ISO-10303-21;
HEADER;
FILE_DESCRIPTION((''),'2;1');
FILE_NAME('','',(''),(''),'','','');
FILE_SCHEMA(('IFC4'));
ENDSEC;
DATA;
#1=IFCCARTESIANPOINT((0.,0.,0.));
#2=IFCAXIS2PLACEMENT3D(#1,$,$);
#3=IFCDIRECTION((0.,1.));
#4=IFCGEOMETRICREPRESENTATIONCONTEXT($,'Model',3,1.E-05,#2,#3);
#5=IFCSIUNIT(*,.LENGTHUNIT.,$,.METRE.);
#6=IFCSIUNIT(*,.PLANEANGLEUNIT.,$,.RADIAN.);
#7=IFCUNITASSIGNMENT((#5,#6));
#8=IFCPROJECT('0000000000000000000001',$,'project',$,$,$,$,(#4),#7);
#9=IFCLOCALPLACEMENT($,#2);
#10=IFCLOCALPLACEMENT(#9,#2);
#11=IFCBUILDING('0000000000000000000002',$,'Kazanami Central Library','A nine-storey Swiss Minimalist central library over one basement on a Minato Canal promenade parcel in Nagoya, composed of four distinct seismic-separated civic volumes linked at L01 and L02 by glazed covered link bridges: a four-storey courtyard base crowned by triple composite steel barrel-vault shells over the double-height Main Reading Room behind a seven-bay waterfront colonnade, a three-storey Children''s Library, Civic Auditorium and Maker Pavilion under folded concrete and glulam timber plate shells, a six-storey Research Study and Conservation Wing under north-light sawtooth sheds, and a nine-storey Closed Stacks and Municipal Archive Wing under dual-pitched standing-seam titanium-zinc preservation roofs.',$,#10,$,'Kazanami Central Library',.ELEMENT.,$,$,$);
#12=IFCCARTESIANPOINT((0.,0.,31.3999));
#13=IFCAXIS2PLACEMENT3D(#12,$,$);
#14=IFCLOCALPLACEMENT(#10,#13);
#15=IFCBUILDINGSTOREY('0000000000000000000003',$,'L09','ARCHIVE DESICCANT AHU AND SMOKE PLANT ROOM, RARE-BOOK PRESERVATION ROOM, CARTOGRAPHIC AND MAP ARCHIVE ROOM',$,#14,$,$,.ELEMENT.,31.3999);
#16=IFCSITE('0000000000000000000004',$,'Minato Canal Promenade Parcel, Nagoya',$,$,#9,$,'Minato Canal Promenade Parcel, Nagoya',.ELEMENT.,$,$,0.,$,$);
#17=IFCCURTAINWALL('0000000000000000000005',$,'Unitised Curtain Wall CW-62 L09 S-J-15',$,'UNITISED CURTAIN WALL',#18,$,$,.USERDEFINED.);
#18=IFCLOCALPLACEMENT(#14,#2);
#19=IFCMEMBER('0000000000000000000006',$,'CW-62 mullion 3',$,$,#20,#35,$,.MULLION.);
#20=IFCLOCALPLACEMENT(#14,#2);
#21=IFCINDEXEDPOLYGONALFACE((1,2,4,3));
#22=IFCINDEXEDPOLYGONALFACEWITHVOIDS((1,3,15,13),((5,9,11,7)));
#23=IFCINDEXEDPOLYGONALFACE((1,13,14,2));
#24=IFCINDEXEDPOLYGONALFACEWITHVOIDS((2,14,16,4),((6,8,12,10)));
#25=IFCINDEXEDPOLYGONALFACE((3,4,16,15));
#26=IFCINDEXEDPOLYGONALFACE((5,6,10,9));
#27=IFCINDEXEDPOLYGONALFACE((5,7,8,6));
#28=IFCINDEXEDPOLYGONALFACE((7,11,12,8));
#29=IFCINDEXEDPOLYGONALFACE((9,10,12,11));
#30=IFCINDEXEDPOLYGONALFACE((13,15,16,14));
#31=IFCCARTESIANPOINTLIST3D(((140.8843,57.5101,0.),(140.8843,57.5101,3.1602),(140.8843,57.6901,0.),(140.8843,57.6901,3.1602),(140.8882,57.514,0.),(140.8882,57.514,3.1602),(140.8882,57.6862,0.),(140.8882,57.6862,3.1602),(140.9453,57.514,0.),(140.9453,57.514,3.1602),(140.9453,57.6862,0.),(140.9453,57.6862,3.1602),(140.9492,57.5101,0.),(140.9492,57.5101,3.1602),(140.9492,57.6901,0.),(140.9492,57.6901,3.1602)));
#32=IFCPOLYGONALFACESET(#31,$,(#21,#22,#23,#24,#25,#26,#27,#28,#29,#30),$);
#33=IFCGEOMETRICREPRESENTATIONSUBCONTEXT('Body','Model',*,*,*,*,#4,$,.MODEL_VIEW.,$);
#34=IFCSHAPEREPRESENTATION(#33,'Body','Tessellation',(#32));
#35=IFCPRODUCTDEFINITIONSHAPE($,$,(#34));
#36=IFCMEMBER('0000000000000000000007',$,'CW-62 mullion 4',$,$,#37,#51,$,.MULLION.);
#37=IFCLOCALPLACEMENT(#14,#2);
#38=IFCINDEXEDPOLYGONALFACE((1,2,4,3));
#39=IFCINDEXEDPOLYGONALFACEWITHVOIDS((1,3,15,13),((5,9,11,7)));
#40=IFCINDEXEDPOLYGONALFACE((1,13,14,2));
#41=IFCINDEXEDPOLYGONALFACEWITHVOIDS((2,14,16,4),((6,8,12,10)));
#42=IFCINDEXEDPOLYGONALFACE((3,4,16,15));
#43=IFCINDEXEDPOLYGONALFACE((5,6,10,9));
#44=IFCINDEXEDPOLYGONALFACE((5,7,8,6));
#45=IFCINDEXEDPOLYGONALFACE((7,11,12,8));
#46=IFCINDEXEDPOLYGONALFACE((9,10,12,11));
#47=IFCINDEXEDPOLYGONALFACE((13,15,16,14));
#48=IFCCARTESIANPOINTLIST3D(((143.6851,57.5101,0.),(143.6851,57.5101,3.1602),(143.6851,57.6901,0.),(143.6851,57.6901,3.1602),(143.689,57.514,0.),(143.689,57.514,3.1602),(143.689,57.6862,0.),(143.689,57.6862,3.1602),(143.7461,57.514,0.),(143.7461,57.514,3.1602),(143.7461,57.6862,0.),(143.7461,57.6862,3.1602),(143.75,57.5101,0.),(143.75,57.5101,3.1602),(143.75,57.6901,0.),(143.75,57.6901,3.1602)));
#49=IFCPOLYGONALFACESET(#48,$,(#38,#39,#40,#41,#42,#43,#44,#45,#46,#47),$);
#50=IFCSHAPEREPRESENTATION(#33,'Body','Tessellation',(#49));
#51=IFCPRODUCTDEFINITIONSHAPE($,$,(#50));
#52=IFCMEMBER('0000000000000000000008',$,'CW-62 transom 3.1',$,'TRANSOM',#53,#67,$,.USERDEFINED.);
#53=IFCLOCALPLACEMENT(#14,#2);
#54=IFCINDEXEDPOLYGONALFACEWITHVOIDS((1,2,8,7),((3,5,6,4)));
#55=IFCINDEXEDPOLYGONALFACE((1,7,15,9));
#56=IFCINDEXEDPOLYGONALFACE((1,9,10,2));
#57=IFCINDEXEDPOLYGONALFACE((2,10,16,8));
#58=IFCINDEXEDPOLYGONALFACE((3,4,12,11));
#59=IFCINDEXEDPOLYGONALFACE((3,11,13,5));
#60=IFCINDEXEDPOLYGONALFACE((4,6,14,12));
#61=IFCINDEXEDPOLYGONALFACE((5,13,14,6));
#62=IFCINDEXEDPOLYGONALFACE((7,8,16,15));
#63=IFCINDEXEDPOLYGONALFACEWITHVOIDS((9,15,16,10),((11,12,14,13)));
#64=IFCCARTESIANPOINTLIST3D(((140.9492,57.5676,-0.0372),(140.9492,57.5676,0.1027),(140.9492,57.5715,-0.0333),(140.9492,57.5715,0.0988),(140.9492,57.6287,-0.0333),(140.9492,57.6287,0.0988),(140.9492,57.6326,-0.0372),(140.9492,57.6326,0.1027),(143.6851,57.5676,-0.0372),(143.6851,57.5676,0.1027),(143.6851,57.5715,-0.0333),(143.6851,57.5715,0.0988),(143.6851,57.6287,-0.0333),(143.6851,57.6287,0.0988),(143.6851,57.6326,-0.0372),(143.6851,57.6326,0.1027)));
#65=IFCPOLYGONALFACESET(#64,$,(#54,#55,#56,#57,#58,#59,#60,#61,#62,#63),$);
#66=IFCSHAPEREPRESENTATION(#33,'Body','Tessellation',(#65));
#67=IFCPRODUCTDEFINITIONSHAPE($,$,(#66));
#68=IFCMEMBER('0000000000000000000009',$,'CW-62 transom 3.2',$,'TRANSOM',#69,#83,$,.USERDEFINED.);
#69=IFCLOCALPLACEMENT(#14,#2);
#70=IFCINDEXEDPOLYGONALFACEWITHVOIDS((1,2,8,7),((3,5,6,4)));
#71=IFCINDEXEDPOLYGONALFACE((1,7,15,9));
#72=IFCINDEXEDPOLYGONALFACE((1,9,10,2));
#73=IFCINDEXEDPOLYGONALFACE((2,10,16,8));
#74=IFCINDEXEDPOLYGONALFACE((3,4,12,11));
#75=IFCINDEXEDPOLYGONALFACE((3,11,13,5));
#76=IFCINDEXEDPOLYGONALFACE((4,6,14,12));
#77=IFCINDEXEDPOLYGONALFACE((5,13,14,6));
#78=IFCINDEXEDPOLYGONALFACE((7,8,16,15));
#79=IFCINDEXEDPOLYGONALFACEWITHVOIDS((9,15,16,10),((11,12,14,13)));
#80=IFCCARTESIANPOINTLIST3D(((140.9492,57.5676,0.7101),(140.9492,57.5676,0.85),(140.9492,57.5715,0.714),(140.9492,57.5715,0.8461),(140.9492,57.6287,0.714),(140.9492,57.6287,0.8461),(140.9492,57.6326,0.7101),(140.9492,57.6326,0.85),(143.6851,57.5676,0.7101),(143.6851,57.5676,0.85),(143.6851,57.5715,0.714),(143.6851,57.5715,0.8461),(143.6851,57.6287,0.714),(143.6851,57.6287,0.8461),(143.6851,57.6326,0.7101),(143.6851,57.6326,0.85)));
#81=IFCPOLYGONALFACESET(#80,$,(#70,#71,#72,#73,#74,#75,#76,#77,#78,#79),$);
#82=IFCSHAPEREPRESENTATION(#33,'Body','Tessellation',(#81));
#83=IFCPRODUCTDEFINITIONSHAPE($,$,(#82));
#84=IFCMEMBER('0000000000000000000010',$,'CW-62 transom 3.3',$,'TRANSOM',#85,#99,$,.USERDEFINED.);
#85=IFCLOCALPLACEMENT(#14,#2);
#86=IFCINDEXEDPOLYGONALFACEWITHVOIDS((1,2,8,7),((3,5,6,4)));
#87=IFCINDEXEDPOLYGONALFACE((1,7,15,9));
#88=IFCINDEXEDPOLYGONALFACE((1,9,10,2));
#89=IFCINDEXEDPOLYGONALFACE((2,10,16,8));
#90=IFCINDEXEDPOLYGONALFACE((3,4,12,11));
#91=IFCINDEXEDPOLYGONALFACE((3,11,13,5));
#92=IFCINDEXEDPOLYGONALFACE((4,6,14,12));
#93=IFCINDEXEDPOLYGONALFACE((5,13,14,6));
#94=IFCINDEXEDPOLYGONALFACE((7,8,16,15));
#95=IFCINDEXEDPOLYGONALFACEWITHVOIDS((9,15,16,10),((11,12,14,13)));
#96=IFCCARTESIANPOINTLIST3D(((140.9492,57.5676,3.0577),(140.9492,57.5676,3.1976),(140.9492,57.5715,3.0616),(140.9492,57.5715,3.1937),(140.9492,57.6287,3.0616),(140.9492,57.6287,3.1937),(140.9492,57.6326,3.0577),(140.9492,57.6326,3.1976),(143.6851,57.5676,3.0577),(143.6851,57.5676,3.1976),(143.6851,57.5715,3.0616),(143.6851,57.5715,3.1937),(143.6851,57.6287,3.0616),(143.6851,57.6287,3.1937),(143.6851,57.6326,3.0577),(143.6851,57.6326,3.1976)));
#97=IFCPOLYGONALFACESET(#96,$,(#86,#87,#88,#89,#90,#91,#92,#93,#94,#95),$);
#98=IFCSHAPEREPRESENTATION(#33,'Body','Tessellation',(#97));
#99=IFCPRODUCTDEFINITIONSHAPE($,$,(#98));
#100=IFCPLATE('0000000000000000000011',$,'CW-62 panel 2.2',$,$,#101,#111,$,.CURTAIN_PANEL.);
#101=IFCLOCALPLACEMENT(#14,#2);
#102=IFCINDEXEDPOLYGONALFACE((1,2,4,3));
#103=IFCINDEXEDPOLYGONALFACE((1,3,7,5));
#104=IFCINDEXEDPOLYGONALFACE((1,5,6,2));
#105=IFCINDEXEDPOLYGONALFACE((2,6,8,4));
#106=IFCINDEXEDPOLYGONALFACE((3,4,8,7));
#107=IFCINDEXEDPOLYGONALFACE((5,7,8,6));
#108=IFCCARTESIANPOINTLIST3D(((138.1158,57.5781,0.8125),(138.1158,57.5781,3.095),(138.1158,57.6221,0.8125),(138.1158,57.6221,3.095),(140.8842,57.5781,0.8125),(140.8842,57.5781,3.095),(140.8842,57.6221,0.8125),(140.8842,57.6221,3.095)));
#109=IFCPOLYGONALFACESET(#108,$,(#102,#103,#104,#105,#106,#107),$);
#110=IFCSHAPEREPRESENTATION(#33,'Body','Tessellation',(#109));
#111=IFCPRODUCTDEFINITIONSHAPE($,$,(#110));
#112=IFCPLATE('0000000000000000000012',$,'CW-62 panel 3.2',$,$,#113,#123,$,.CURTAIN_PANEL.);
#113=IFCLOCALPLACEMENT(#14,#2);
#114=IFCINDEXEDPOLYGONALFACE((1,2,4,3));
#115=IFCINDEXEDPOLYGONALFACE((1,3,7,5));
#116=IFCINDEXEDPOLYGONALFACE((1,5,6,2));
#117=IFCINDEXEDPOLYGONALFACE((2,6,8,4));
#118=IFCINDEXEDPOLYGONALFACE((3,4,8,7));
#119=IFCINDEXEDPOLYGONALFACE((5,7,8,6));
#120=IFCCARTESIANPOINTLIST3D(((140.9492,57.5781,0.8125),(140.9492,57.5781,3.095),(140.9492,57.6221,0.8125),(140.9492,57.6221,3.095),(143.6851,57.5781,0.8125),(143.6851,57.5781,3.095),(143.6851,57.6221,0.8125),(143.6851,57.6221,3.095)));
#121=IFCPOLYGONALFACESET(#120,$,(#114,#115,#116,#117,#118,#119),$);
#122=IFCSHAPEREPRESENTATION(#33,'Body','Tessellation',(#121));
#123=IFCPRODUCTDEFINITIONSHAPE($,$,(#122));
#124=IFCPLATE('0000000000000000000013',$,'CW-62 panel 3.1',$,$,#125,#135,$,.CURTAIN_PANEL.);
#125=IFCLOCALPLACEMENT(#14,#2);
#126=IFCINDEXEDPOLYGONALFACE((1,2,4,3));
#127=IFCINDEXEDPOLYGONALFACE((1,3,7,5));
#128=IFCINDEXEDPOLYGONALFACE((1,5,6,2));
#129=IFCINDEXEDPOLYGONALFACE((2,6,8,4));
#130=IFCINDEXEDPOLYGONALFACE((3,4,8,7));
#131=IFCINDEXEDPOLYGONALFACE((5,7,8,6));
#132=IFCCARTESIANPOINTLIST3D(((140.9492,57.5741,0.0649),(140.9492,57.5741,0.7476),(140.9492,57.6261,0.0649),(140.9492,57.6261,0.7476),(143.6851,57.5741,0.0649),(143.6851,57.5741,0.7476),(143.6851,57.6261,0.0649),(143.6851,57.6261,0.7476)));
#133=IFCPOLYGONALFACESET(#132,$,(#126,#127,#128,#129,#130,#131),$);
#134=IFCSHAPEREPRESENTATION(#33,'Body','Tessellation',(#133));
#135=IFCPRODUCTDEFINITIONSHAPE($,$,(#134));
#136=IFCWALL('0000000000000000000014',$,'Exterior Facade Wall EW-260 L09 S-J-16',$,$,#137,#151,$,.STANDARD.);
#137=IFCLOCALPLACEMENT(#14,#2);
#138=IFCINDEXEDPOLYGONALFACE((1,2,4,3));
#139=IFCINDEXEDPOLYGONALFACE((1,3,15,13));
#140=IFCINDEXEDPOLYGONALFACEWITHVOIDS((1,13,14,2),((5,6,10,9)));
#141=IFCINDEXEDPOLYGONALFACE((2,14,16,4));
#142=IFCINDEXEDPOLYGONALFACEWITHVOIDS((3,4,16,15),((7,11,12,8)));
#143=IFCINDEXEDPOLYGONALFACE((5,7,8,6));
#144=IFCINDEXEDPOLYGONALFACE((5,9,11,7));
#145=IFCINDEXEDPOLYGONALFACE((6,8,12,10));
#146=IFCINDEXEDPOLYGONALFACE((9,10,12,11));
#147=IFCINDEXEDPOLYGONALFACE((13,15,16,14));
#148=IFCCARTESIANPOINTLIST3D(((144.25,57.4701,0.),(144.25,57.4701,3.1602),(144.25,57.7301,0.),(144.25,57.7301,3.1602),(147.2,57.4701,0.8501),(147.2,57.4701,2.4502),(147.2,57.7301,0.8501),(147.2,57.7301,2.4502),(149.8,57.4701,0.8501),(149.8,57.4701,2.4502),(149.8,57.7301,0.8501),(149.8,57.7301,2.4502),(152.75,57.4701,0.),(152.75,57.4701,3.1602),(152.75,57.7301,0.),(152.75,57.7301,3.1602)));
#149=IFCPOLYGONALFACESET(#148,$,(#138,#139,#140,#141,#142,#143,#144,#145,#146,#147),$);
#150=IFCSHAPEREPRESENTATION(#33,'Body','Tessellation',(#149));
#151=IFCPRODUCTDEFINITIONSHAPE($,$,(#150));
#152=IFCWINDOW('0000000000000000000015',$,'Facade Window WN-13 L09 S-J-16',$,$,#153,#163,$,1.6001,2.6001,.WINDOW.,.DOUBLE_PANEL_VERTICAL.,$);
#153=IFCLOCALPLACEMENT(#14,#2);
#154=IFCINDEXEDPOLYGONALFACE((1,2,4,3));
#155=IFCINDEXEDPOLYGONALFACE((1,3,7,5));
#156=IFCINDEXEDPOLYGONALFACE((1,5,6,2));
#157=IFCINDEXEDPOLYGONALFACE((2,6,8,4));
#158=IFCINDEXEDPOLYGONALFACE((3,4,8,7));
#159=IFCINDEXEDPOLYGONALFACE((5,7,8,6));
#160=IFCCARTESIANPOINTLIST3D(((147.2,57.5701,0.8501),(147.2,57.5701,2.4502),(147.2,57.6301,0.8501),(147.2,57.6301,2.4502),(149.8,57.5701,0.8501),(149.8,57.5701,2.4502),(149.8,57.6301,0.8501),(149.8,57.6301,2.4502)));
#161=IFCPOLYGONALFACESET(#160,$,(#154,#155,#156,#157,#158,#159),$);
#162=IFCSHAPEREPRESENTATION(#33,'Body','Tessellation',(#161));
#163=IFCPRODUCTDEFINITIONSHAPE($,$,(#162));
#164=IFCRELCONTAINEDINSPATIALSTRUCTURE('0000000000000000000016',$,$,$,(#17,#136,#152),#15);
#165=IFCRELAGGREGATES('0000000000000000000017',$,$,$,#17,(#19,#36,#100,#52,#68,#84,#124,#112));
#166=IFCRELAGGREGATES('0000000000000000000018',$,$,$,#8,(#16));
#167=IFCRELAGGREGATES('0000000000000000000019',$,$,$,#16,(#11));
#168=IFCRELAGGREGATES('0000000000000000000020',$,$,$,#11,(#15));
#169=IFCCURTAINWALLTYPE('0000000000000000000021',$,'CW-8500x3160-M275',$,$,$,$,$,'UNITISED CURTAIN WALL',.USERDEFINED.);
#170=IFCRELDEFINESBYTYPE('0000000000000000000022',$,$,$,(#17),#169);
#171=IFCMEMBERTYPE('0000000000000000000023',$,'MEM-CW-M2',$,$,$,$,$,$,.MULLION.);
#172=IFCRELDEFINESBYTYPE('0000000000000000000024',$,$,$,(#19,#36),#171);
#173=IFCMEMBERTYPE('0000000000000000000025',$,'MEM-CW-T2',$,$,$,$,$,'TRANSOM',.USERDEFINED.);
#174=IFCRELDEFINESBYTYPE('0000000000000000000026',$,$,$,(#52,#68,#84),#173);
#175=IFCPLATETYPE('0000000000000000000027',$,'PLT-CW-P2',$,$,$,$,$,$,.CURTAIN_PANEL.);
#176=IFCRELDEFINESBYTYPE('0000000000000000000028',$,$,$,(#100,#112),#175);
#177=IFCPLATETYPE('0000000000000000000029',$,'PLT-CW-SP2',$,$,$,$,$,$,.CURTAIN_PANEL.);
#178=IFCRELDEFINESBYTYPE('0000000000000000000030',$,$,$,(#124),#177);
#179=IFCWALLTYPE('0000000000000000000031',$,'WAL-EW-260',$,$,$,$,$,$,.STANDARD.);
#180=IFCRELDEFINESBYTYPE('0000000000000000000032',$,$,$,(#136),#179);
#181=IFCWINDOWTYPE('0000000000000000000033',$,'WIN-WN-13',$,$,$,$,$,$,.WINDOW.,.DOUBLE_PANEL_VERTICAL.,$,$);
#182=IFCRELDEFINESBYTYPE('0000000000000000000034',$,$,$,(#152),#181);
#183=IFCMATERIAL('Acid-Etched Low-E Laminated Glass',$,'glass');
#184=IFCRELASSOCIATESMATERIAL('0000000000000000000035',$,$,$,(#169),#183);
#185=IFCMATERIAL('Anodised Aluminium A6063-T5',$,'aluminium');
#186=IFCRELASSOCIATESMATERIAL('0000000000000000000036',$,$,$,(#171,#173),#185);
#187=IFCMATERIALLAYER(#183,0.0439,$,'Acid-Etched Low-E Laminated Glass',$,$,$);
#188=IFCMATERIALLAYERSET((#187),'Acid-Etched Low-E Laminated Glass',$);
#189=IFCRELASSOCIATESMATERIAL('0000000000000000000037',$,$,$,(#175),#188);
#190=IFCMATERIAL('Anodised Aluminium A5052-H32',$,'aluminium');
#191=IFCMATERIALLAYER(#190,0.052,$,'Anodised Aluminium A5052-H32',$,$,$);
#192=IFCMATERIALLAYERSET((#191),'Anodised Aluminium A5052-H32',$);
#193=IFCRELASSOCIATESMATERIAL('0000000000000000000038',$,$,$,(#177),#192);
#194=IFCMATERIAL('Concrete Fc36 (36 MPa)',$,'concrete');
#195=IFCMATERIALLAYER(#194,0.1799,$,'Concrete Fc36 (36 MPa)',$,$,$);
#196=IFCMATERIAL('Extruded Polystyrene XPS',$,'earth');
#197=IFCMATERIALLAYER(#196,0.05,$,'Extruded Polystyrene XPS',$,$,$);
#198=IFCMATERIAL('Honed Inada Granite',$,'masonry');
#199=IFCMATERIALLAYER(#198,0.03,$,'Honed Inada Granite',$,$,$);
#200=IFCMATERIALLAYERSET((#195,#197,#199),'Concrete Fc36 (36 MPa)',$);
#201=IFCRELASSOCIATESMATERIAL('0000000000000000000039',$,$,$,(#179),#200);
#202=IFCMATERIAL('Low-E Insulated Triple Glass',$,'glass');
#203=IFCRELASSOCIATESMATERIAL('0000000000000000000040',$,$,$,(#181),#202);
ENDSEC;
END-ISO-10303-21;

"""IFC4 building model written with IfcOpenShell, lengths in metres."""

from ifc_helpers import new_model, si_unit, direction, frame, frame_2d, origin, origin_2d, place, context, subcontext, project, spatial, rectangle, hollow_rectangle, extrude, material, layer, layer_set, material_profile, profile_set, type_object, element, fill, aggregate, save


model = new_model("IFC4")

# Units and contexts
model_context = context("Model", 3, precision=1e-05, world=origin(), true_north=direction((0.0, 1.0)))
body_context = subcontext(model_context, "Body", "Model", "MODEL_VIEW")
ifc_project = project(units=[si_unit("LENGTHUNIT", "METRE"), si_unit("PLANEANGLEUNIT", "RADIAN")], contexts=[model_context])

# Site, building, storey
site_placement = place(None, origin())
site = spatial("IfcSite", under=ifc_project, at=site_placement, Name="Minato Canal Promenade Parcel, Nagoya", LongName="Minato Canal Promenade Parcel, Nagoya", CompositionType="ELEMENT", RefElevation=0.0)
building_placement = place(site_placement, origin())
building = spatial("IfcBuilding", under=site, at=building_placement, Name="Kazanami Central Library", Description="A nine-storey Swiss Minimalist central library over one basement on a Minato Canal promenade parcel in Nagoya, composed of four distinct seismic-separated civic volumes linked at L01 and L02 by glazed covered link bridges: a four-storey courtyard base crowned by triple composite steel barrel-vault shells over the double-height Main Reading Room behind a seven-bay waterfront colonnade, a three-storey Children's Library, Civic Auditorium and Maker Pavilion under folded concrete and glulam timber plate shells, a six-storey Research Study and Conservation Wing under north-light sawtooth sheds, and a nine-storey Closed Stacks and Municipal Archive Wing under dual-pitched standing-seam titanium-zinc preservation roofs.", LongName="Kazanami Central Library", CompositionType="ELEMENT")
storey_placement = place(building_placement, frame((0.0, 0.0, 31.3999)))
storey = spatial("IfcBuildingStorey", under=building, at=storey_placement, Name="L09", Description="ARCHIVE DESICCANT AHU AND SMOKE PLANT ROOM, RARE-BOOK PRESERVATION ROOM, CARTOGRAPHIC AND MAP ARCHIVE ROOM", CompositionType="ELEMENT", Elevation=31.3999)

# Curtain wall, members, plates
ifc_material_1 = material(Name="Acid-Etched Low-E Laminated Glass", Category="glass")
curtain_wall_type = type_object("IfcCurtainWallType", Name="CW-8500x3160-M275", ElementType="UNITISED CURTAIN WALL", PredefinedType="USERDEFINED", material=ifc_material_1)
curtain_wall_placement = place(storey_placement, origin())
curtain_wall = element("IfcCurtainWall", 1, at=curtain_wall_placement, inside=storey, type_object=curtain_wall_type, Name="Unitised Curtain Wall CW-62 L09 S-J-15", ObjectType="UNITISED CURTAIN WALL", PredefinedType="USERDEFINED")
ifc_material_2 = material(Name="Anodised Aluminium A6063-T5", Category="aluminium")
ifc_material_profile_1 = material_profile(ifc_material_2, hollow_rectangle(XDim=0.0649, YDim=0.1799, WallThickness=0.0039, at=origin_2d()), Name="ALU-MULL-65x180x4")
ifc_profile_set_1 = profile_set([ifc_material_profile_1], Name="Anodised Aluminium A6063-T5")
member_type_1 = type_object("IfcMemberType", Name="MEM-CW-M2", PredefinedType="MULLION", material=ifc_profile_set_1)
member_1_placement = place(storey_placement, frame((140.9167, 57.6001, 0.0), z_axis=(0.0, 0.0, 1.0), x_axis=(1.0, 0.0, 0.0)))
member_1 = element("IfcMember", 2, at=member_1_placement, type_object=member_type_1, Name="CW-62 mullion 3", PredefinedType="MULLION", context=body_context, shape_type="SweptSolid", body=[
    extrude(hollow_rectangle(XDim=0.0649, YDim=0.1799, WallThickness=0.0039, at=origin_2d()), origin(), (0.0, 0.0, 1.0), 3.1602),
])
member_2_placement = place(storey_placement, frame((143.7175, 57.6001, 0.0), z_axis=(0.0, 0.0, 1.0), x_axis=(1.0, 0.0, 0.0)))
member_2 = element("IfcMember", 3, at=member_2_placement, type_object=member_type_1, Name="CW-62 mullion 4", PredefinedType="MULLION", context=body_context, shape_type="SweptSolid", body=[
    extrude(hollow_rectangle(XDim=0.0649, YDim=0.1799, WallThickness=0.0039, at=origin_2d()), origin(), (0.0, 0.0, 1.0), 3.1602),
])
ifc_material_profile_2 = material_profile(ifc_material_2, hollow_rectangle(XDim=0.0649, YDim=0.1399, WallThickness=0.0039, at=origin_2d()), Name="ALU-TRAN-65x140x4")
ifc_profile_set_2 = profile_set([ifc_material_profile_2], Name="Anodised Aluminium A6063-T5")
member_type_2 = type_object("IfcMemberType", Name="MEM-CW-T2", ElementType="TRANSOM", PredefinedType="USERDEFINED", material=ifc_profile_set_2)
member_3_placement = place(storey_placement, frame((140.9492, 57.6001, 0.0327), z_axis=(1.0, 0.0, 0.0), x_axis=(0.0, 1.0, 0.0)))
member_3 = element("IfcMember", 4, at=member_3_placement, type_object=member_type_2, Name="CW-62 transom 3.1", ObjectType="TRANSOM", PredefinedType="USERDEFINED", context=body_context, shape_type="SweptSolid", body=[
    extrude(hollow_rectangle(XDim=0.0649, YDim=0.1399, WallThickness=0.0039, at=origin_2d()), origin(), (0.0, 0.0, 1.0), 2.7358),
])
member_4_placement = place(storey_placement, frame((140.9492, 57.6001, 0.78), z_axis=(1.0, 0.0, 0.0), x_axis=(0.0, 1.0, 0.0)))
member_4 = element("IfcMember", 5, at=member_4_placement, type_object=member_type_2, Name="CW-62 transom 3.2", ObjectType="TRANSOM", PredefinedType="USERDEFINED", context=body_context, shape_type="SweptSolid", body=[
    extrude(hollow_rectangle(XDim=0.0649, YDim=0.1399, WallThickness=0.0039, at=origin_2d()), origin(), (0.0, 0.0, 1.0), 2.7358),
])
member_5_placement = place(storey_placement, frame((140.9492, 57.6001, 3.1277), z_axis=(1.0, 0.0, 0.0), x_axis=(0.0, 1.0, 0.0)))
member_5 = element("IfcMember", 6, at=member_5_placement, type_object=member_type_2, Name="CW-62 transom 3.3", ObjectType="TRANSOM", PredefinedType="USERDEFINED", context=body_context, shape_type="SweptSolid", body=[
    extrude(hollow_rectangle(XDim=0.0649, YDim=0.1399, WallThickness=0.0039, at=origin_2d()), origin(), (0.0, 0.0, 1.0), 2.7358),
])
ifc_layer_1 = layer(ifc_material_1, 0.0439, Name="Acid-Etched Low-E Laminated Glass")
ifc_layer_set_1 = layer_set([ifc_layer_1], Name="Acid-Etched Low-E Laminated Glass")
plate_type_1 = type_object("IfcPlateType", Name="PLT-CW-P2", PredefinedType="CURTAIN_PANEL", material=ifc_layer_set_1)
plate_1_placement = place(storey_placement, frame((139.5, 57.6001, 0.8125), z_axis=(0.0, 0.0, 1.0), x_axis=(1.0, 0.0, 0.0)))
plate_1 = element("IfcPlate", 7, at=plate_1_placement, type_object=plate_type_1, Name="CW-62 panel 2.2", PredefinedType="CURTAIN_PANEL", context=body_context, shape_type="SweptSolid", body=[
    extrude(rectangle(XDim=2.7683, YDim=0.0439, at=origin_2d()), origin(), (0.0, 0.0, 1.0), 2.2825),
])
plate_2_placement = place(storey_placement, frame((142.3171, 57.6001, 0.8125), z_axis=(0.0, 0.0, 1.0), x_axis=(1.0, 0.0, 0.0)))
plate_2 = element("IfcPlate", 8, at=plate_2_placement, type_object=plate_type_1, Name="CW-62 panel 3.2", PredefinedType="CURTAIN_PANEL", context=body_context, shape_type="SweptSolid", body=[
    extrude(rectangle(XDim=2.7358, YDim=0.0439, at=origin_2d()), origin(), (0.0, 0.0, 1.0), 2.2825),
])
ifc_material_3 = material(Name="Anodised Aluminium A5052-H32", Category="aluminium")
ifc_layer_2 = layer(ifc_material_3, 0.052, Name="Anodised Aluminium A5052-H32")
ifc_layer_set_2 = layer_set([ifc_layer_2], Name="Anodised Aluminium A5052-H32")
plate_type_2 = type_object("IfcPlateType", Name="PLT-CW-SP2", PredefinedType="CURTAIN_PANEL", material=ifc_layer_set_2)
plate_3_placement = place(storey_placement, frame((142.3171, 57.6001, 0.0649), z_axis=(0.0, 0.0, 1.0), x_axis=(1.0, 0.0, 0.0)))
plate_3 = element("IfcPlate", 9, at=plate_3_placement, type_object=plate_type_2, Name="CW-62 panel 3.1", PredefinedType="CURTAIN_PANEL", context=body_context, shape_type="SweptSolid", body=[
    extrude(rectangle(XDim=2.7358, YDim=0.052, at=origin_2d()), origin(), (0.0, 0.0, 1.0), 0.6826),
])
aggregate(curtain_wall, [member_1, member_2, plate_1, member_3, member_4, member_5, plate_3, plate_2])

# Wall, opening, window
ifc_material_4 = material(Name="Concrete Fc36 (36 MPa)", Category="concrete")
ifc_layer_3 = layer(ifc_material_4, 0.1799, Name="Concrete Fc36 (36 MPa)")
ifc_material_5 = material(Name="Extruded Polystyrene XPS", Category="earth")
ifc_layer_4 = layer(ifc_material_5, 0.05, Name="Extruded Polystyrene XPS")
ifc_material_6 = material(Name="Honed Inada Granite", Category="masonry")
ifc_layer_5 = layer(ifc_material_6, 0.03, Name="Honed Inada Granite")
ifc_layer_set_3 = layer_set([ifc_layer_3, ifc_layer_4, ifc_layer_5], Name="Concrete Fc36 (36 MPa)")
wall_type_1 = type_object("IfcWallType", Name="WAL-EW-260", PredefinedType="STANDARD", material=ifc_layer_set_3)
wall_1_placement = place(storey_placement, frame((144.25, 57.6001, 0.0), z_axis=(0.0, 0.0, 1.0), x_axis=(1.0, 0.0, 0.0)))
wall_1 = element("IfcWall", 10, at=wall_1_placement, inside=storey, type_object=wall_type_1, Name="Exterior Facade Wall EW-260 L09 S-J-16", PredefinedType="STANDARD", context=body_context, shape_type="SweptSolid", body=[
    extrude(rectangle(XDim=8.5, YDim=0.26, at=frame_2d((4.25, 0.0))), origin(), (0.0, 0.0, 1.0), 3.1602),
])
opening_1_placement = place(wall_1_placement, frame((2.95, 0.0, 0.8501)))
opening_1 = element("IfcOpeningElement", 11, at=opening_1_placement, cuts=wall_1, PredefinedType="OPENING", context=body_context, shape_type="SweptSolid", body=[
    extrude(rectangle(XDim=2.6001, YDim=1.6001, at=frame_2d((1.3, 0.8))), frame((0.0, 0.1421, 0.0), z_axis=(0.0, -1.0, 0.0), x_axis=(1.0, 0.0, 0.0)), (0.0, 0.0, 1.0), 0.2839),
])
ifc_material_7 = material(Name="Low-E Insulated Triple Glass", Category="glass")
window_type = type_object("IfcWindowType", Name="WIN-WN-13", PartitioningType="DOUBLE_PANEL_VERTICAL", PredefinedType="WINDOW", material=ifc_material_7)
window_placement = place(opening_1_placement, origin())
window = element("IfcWindow", 12, at=window_placement, inside=storey, type_object=window_type, Name="Facade Window WN-13 L09 S-J-16", OverallHeight=1.6001, OverallWidth=2.6001, PartitioningType="DOUBLE_PANEL_VERTICAL", PredefinedType="WINDOW", context=body_context, shape_type="SweptSolid", body=[
    extrude(rectangle(XDim=2.6001, YDim=1.6001, at=frame_2d((1.3, 0.8))), frame((0.0, 0.03, 0.0), z_axis=(0.0, -1.0, 0.0), x_axis=(1.0, 0.0, 0.0)), (0.0, 0.0, 1.0), 0.0601),
])
fill(opening_1, window)

save(model, "model.ifc")
